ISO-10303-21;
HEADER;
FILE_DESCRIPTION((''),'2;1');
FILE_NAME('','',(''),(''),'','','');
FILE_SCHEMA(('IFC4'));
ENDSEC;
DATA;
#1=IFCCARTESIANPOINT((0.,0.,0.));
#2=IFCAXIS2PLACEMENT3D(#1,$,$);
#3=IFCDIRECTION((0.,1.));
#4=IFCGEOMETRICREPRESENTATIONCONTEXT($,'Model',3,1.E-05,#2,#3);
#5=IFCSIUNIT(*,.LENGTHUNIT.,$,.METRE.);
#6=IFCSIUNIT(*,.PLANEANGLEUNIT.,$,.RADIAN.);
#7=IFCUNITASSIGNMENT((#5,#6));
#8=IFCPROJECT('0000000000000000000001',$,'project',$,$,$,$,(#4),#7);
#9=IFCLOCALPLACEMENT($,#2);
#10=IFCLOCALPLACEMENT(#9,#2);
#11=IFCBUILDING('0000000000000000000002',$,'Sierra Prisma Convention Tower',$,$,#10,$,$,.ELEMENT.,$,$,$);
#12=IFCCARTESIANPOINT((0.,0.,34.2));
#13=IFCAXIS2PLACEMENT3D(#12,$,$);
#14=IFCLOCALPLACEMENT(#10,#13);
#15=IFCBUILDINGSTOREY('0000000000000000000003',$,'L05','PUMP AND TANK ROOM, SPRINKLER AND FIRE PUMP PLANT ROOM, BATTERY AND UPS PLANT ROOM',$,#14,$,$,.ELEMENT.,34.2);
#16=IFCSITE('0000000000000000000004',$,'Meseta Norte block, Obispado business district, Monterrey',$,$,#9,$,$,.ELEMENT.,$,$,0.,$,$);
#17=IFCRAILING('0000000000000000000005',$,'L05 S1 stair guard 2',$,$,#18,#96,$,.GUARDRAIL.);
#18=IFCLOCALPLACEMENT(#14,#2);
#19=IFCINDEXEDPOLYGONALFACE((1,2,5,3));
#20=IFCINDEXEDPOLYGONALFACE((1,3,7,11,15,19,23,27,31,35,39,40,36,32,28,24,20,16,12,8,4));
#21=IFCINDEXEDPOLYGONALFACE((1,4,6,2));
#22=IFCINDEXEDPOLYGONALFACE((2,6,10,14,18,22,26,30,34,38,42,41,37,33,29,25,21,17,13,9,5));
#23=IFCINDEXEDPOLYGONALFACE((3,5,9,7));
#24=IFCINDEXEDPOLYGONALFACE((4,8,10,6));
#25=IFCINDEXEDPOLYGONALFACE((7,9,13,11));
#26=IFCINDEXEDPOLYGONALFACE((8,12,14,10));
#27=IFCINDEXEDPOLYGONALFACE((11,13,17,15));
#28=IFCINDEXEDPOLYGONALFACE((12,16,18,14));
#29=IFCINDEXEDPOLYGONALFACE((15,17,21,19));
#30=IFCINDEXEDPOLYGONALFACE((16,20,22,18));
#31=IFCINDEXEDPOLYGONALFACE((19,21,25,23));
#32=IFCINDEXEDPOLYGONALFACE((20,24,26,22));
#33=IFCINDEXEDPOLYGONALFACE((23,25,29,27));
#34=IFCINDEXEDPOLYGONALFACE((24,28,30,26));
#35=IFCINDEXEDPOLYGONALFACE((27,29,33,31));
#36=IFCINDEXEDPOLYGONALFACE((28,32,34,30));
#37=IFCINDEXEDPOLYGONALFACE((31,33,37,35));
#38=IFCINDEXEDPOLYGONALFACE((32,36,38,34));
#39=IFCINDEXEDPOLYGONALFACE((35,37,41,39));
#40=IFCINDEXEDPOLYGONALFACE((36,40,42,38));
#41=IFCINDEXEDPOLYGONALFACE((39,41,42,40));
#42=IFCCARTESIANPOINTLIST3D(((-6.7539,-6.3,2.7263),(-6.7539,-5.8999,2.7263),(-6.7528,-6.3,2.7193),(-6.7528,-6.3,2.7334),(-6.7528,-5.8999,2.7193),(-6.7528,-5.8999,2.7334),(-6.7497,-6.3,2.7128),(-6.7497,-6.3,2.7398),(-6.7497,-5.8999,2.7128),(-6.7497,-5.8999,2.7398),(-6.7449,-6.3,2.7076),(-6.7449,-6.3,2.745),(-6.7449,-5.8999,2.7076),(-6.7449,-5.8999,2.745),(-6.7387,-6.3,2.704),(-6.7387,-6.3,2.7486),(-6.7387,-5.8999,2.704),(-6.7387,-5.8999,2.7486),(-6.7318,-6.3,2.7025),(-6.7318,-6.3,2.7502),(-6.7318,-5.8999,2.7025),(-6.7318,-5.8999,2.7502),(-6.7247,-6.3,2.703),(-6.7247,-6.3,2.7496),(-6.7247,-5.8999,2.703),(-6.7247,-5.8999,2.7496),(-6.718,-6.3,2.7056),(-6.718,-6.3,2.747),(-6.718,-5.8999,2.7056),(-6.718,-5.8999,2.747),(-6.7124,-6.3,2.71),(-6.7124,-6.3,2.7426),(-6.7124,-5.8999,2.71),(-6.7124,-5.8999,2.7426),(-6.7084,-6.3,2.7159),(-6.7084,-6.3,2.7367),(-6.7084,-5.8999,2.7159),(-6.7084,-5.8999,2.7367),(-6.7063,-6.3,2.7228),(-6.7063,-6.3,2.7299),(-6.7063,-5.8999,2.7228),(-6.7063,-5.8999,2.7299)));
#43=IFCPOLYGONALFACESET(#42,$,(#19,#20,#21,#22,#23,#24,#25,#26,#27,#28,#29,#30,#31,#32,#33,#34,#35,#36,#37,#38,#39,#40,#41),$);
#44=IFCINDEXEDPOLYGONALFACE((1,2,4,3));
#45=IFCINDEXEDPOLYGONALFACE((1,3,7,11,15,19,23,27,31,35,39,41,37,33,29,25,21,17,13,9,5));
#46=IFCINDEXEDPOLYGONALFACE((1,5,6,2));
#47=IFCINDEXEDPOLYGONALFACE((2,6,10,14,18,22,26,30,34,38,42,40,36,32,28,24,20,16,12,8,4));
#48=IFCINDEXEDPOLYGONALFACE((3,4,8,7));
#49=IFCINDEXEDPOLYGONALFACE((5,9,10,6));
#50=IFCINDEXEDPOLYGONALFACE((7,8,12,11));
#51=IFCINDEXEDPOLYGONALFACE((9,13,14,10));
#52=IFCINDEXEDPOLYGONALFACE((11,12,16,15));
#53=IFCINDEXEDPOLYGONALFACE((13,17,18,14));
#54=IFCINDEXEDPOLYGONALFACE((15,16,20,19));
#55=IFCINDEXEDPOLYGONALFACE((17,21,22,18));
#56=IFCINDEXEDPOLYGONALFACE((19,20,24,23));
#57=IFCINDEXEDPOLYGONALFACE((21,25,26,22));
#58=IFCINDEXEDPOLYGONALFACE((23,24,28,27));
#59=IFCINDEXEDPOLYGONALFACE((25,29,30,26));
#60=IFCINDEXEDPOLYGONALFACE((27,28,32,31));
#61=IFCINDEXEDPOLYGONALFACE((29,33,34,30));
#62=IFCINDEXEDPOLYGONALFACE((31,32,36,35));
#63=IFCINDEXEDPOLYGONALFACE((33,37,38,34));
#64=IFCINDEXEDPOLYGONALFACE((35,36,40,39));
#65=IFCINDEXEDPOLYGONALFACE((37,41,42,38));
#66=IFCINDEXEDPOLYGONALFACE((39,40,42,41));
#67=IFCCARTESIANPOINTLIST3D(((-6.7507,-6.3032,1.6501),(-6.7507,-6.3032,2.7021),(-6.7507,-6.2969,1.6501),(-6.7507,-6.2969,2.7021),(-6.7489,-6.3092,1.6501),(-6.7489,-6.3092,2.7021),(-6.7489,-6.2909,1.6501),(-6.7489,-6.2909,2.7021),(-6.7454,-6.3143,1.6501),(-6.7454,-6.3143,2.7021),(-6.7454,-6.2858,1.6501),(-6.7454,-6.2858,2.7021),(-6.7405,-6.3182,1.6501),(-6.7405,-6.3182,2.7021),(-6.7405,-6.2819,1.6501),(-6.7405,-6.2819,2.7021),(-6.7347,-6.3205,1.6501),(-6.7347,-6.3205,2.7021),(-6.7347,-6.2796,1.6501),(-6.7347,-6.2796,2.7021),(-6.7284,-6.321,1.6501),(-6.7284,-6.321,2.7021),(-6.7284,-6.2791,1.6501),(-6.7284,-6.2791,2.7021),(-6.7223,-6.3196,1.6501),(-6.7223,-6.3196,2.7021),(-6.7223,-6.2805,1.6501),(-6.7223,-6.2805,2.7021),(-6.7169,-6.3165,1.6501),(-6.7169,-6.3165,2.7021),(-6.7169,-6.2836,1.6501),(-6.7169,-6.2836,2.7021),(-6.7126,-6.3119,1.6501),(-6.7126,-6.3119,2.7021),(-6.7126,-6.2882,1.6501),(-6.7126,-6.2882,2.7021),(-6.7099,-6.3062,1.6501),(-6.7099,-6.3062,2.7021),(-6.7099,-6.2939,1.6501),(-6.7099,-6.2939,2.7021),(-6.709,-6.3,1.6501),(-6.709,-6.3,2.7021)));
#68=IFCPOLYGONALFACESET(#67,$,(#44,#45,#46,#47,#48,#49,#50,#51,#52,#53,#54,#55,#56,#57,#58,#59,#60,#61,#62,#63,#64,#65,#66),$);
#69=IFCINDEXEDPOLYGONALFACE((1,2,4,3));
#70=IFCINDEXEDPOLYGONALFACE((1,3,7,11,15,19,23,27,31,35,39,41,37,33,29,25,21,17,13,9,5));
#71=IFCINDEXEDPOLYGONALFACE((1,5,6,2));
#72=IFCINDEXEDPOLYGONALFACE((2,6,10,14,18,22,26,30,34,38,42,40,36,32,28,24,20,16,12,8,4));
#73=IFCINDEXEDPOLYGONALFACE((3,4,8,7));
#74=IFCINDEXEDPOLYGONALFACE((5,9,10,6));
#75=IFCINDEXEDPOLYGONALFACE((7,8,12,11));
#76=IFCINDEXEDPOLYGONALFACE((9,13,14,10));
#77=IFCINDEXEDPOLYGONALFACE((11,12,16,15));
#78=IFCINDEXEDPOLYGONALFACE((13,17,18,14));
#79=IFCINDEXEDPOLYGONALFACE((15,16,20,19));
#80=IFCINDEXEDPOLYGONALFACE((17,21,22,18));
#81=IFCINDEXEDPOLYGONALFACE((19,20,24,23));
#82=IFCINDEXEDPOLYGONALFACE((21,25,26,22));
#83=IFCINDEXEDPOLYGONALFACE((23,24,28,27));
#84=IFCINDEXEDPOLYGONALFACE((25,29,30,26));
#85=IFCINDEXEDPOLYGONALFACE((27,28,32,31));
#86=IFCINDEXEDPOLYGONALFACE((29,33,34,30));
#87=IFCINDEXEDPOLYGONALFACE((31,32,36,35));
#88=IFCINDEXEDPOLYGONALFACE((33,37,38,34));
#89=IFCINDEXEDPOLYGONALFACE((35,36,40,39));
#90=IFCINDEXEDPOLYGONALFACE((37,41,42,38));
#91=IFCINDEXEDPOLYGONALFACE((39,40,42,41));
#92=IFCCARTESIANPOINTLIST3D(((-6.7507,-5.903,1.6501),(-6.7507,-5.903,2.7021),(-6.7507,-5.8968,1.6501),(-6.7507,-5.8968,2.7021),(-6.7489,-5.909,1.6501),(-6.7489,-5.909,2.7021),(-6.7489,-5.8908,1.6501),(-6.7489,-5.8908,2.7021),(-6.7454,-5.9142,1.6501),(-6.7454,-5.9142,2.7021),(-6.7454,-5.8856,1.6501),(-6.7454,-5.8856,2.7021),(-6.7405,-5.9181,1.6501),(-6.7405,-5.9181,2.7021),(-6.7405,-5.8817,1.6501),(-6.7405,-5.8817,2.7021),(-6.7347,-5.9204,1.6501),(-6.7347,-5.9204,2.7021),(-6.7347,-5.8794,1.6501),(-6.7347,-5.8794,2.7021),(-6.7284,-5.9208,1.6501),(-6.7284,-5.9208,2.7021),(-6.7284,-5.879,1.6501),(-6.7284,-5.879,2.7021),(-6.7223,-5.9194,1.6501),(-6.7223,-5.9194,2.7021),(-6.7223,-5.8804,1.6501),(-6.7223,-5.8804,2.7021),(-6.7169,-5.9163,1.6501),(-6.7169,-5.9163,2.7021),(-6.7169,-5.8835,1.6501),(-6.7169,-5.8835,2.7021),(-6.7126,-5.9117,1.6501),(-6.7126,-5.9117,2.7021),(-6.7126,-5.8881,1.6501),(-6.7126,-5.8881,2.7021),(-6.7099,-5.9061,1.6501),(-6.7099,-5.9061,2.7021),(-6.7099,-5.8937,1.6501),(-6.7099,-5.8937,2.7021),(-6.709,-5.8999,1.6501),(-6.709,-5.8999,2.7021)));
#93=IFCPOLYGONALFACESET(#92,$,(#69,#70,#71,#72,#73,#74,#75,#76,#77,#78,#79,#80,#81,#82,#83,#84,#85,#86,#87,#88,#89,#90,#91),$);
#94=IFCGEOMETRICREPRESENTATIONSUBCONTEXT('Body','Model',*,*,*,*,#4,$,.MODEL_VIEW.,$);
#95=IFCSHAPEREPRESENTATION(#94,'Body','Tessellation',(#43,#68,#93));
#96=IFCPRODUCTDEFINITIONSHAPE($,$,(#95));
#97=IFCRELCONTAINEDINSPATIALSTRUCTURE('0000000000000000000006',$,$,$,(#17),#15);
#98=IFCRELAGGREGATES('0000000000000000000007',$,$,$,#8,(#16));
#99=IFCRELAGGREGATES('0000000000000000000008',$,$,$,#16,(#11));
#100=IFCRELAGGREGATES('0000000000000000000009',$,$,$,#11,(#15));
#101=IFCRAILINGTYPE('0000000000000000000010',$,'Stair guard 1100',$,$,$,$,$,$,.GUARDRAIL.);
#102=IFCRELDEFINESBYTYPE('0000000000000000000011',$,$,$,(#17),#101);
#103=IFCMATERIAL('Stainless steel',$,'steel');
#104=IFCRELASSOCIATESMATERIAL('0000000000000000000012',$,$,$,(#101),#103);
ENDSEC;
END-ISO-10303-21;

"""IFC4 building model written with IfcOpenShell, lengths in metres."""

from ifc_helpers import new_model, si_unit, direction, frame, origin, origin_2d, place, context, subcontext, project, spatial, circle, extrude, material, type_object, element, save


model = new_model("IFC4")

# Units and contexts
model_context = context("Model", 3, precision=1e-05, world=origin(), true_north=direction((0.0, 1.0)))
body_context = subcontext(model_context, "Body", "Model", "MODEL_VIEW")
ifc_project = project(units=[si_unit("LENGTHUNIT", "METRE"), si_unit("PLANEANGLEUNIT", "RADIAN")], contexts=[model_context])

# Site, building, storey
site_placement = place(None, origin())
site = spatial("IfcSite", under=ifc_project, at=site_placement, Name="Meseta Norte block, Obispado business district, Monterrey", CompositionType="ELEMENT", RefElevation=0.0)
building_placement = place(site_placement, origin())
building = spatial("IfcBuilding", under=site, at=building_placement, Name="Sierra Prisma Convention Tower", CompositionType="ELEMENT")
storey_placement = place(building_placement, frame((0.0, 0.0, 34.2)))
storey = spatial("IfcBuildingStorey", under=building, at=storey_placement, Name="L05", Description="PUMP AND TANK ROOM, SPRINKLER AND FIRE PUMP PLANT ROOM, BATTERY AND UPS PLANT ROOM", CompositionType="ELEMENT", Elevation=34.2)

# Railing
ifc_material_1 = material(Name="Stainless steel", Category="steel")
railing_type_1 = type_object("IfcRailingType", Name="Stair guard 1100", PredefinedType="GUARDRAIL", material=ifc_material_1)
railing_1_placement = place(storey_placement, frame((-6.73, -6.3, 1.6501)))
element("IfcRailing", 1, at=railing_1_placement, inside=storey, type_object=railing_type_1, Name="L05 S1 stair guard 2", PredefinedType="GUARDRAIL", context=body_context, shape_type="SweptSolid", body=[
    extrude(circle(Radius=0.0239, at=origin_2d()), frame((0.0, 0.0, 1.0762), z_axis=(0.0, 1.0, 0.0), x_axis=(-1.0, 0.0, 0.0)), (0.0, 0.0, 1.0), 0.4001),
    extrude(circle(Radius=0.021, at=origin_2d()), origin(), (0.0, 0.0, 1.0), 1.052),
    extrude(circle(Radius=0.021, at=origin_2d()), frame((0.0, 0.4001, 0.0)), (0.0, 0.0, 1.0), 1.052),
])

save(model, "model.ifc")
